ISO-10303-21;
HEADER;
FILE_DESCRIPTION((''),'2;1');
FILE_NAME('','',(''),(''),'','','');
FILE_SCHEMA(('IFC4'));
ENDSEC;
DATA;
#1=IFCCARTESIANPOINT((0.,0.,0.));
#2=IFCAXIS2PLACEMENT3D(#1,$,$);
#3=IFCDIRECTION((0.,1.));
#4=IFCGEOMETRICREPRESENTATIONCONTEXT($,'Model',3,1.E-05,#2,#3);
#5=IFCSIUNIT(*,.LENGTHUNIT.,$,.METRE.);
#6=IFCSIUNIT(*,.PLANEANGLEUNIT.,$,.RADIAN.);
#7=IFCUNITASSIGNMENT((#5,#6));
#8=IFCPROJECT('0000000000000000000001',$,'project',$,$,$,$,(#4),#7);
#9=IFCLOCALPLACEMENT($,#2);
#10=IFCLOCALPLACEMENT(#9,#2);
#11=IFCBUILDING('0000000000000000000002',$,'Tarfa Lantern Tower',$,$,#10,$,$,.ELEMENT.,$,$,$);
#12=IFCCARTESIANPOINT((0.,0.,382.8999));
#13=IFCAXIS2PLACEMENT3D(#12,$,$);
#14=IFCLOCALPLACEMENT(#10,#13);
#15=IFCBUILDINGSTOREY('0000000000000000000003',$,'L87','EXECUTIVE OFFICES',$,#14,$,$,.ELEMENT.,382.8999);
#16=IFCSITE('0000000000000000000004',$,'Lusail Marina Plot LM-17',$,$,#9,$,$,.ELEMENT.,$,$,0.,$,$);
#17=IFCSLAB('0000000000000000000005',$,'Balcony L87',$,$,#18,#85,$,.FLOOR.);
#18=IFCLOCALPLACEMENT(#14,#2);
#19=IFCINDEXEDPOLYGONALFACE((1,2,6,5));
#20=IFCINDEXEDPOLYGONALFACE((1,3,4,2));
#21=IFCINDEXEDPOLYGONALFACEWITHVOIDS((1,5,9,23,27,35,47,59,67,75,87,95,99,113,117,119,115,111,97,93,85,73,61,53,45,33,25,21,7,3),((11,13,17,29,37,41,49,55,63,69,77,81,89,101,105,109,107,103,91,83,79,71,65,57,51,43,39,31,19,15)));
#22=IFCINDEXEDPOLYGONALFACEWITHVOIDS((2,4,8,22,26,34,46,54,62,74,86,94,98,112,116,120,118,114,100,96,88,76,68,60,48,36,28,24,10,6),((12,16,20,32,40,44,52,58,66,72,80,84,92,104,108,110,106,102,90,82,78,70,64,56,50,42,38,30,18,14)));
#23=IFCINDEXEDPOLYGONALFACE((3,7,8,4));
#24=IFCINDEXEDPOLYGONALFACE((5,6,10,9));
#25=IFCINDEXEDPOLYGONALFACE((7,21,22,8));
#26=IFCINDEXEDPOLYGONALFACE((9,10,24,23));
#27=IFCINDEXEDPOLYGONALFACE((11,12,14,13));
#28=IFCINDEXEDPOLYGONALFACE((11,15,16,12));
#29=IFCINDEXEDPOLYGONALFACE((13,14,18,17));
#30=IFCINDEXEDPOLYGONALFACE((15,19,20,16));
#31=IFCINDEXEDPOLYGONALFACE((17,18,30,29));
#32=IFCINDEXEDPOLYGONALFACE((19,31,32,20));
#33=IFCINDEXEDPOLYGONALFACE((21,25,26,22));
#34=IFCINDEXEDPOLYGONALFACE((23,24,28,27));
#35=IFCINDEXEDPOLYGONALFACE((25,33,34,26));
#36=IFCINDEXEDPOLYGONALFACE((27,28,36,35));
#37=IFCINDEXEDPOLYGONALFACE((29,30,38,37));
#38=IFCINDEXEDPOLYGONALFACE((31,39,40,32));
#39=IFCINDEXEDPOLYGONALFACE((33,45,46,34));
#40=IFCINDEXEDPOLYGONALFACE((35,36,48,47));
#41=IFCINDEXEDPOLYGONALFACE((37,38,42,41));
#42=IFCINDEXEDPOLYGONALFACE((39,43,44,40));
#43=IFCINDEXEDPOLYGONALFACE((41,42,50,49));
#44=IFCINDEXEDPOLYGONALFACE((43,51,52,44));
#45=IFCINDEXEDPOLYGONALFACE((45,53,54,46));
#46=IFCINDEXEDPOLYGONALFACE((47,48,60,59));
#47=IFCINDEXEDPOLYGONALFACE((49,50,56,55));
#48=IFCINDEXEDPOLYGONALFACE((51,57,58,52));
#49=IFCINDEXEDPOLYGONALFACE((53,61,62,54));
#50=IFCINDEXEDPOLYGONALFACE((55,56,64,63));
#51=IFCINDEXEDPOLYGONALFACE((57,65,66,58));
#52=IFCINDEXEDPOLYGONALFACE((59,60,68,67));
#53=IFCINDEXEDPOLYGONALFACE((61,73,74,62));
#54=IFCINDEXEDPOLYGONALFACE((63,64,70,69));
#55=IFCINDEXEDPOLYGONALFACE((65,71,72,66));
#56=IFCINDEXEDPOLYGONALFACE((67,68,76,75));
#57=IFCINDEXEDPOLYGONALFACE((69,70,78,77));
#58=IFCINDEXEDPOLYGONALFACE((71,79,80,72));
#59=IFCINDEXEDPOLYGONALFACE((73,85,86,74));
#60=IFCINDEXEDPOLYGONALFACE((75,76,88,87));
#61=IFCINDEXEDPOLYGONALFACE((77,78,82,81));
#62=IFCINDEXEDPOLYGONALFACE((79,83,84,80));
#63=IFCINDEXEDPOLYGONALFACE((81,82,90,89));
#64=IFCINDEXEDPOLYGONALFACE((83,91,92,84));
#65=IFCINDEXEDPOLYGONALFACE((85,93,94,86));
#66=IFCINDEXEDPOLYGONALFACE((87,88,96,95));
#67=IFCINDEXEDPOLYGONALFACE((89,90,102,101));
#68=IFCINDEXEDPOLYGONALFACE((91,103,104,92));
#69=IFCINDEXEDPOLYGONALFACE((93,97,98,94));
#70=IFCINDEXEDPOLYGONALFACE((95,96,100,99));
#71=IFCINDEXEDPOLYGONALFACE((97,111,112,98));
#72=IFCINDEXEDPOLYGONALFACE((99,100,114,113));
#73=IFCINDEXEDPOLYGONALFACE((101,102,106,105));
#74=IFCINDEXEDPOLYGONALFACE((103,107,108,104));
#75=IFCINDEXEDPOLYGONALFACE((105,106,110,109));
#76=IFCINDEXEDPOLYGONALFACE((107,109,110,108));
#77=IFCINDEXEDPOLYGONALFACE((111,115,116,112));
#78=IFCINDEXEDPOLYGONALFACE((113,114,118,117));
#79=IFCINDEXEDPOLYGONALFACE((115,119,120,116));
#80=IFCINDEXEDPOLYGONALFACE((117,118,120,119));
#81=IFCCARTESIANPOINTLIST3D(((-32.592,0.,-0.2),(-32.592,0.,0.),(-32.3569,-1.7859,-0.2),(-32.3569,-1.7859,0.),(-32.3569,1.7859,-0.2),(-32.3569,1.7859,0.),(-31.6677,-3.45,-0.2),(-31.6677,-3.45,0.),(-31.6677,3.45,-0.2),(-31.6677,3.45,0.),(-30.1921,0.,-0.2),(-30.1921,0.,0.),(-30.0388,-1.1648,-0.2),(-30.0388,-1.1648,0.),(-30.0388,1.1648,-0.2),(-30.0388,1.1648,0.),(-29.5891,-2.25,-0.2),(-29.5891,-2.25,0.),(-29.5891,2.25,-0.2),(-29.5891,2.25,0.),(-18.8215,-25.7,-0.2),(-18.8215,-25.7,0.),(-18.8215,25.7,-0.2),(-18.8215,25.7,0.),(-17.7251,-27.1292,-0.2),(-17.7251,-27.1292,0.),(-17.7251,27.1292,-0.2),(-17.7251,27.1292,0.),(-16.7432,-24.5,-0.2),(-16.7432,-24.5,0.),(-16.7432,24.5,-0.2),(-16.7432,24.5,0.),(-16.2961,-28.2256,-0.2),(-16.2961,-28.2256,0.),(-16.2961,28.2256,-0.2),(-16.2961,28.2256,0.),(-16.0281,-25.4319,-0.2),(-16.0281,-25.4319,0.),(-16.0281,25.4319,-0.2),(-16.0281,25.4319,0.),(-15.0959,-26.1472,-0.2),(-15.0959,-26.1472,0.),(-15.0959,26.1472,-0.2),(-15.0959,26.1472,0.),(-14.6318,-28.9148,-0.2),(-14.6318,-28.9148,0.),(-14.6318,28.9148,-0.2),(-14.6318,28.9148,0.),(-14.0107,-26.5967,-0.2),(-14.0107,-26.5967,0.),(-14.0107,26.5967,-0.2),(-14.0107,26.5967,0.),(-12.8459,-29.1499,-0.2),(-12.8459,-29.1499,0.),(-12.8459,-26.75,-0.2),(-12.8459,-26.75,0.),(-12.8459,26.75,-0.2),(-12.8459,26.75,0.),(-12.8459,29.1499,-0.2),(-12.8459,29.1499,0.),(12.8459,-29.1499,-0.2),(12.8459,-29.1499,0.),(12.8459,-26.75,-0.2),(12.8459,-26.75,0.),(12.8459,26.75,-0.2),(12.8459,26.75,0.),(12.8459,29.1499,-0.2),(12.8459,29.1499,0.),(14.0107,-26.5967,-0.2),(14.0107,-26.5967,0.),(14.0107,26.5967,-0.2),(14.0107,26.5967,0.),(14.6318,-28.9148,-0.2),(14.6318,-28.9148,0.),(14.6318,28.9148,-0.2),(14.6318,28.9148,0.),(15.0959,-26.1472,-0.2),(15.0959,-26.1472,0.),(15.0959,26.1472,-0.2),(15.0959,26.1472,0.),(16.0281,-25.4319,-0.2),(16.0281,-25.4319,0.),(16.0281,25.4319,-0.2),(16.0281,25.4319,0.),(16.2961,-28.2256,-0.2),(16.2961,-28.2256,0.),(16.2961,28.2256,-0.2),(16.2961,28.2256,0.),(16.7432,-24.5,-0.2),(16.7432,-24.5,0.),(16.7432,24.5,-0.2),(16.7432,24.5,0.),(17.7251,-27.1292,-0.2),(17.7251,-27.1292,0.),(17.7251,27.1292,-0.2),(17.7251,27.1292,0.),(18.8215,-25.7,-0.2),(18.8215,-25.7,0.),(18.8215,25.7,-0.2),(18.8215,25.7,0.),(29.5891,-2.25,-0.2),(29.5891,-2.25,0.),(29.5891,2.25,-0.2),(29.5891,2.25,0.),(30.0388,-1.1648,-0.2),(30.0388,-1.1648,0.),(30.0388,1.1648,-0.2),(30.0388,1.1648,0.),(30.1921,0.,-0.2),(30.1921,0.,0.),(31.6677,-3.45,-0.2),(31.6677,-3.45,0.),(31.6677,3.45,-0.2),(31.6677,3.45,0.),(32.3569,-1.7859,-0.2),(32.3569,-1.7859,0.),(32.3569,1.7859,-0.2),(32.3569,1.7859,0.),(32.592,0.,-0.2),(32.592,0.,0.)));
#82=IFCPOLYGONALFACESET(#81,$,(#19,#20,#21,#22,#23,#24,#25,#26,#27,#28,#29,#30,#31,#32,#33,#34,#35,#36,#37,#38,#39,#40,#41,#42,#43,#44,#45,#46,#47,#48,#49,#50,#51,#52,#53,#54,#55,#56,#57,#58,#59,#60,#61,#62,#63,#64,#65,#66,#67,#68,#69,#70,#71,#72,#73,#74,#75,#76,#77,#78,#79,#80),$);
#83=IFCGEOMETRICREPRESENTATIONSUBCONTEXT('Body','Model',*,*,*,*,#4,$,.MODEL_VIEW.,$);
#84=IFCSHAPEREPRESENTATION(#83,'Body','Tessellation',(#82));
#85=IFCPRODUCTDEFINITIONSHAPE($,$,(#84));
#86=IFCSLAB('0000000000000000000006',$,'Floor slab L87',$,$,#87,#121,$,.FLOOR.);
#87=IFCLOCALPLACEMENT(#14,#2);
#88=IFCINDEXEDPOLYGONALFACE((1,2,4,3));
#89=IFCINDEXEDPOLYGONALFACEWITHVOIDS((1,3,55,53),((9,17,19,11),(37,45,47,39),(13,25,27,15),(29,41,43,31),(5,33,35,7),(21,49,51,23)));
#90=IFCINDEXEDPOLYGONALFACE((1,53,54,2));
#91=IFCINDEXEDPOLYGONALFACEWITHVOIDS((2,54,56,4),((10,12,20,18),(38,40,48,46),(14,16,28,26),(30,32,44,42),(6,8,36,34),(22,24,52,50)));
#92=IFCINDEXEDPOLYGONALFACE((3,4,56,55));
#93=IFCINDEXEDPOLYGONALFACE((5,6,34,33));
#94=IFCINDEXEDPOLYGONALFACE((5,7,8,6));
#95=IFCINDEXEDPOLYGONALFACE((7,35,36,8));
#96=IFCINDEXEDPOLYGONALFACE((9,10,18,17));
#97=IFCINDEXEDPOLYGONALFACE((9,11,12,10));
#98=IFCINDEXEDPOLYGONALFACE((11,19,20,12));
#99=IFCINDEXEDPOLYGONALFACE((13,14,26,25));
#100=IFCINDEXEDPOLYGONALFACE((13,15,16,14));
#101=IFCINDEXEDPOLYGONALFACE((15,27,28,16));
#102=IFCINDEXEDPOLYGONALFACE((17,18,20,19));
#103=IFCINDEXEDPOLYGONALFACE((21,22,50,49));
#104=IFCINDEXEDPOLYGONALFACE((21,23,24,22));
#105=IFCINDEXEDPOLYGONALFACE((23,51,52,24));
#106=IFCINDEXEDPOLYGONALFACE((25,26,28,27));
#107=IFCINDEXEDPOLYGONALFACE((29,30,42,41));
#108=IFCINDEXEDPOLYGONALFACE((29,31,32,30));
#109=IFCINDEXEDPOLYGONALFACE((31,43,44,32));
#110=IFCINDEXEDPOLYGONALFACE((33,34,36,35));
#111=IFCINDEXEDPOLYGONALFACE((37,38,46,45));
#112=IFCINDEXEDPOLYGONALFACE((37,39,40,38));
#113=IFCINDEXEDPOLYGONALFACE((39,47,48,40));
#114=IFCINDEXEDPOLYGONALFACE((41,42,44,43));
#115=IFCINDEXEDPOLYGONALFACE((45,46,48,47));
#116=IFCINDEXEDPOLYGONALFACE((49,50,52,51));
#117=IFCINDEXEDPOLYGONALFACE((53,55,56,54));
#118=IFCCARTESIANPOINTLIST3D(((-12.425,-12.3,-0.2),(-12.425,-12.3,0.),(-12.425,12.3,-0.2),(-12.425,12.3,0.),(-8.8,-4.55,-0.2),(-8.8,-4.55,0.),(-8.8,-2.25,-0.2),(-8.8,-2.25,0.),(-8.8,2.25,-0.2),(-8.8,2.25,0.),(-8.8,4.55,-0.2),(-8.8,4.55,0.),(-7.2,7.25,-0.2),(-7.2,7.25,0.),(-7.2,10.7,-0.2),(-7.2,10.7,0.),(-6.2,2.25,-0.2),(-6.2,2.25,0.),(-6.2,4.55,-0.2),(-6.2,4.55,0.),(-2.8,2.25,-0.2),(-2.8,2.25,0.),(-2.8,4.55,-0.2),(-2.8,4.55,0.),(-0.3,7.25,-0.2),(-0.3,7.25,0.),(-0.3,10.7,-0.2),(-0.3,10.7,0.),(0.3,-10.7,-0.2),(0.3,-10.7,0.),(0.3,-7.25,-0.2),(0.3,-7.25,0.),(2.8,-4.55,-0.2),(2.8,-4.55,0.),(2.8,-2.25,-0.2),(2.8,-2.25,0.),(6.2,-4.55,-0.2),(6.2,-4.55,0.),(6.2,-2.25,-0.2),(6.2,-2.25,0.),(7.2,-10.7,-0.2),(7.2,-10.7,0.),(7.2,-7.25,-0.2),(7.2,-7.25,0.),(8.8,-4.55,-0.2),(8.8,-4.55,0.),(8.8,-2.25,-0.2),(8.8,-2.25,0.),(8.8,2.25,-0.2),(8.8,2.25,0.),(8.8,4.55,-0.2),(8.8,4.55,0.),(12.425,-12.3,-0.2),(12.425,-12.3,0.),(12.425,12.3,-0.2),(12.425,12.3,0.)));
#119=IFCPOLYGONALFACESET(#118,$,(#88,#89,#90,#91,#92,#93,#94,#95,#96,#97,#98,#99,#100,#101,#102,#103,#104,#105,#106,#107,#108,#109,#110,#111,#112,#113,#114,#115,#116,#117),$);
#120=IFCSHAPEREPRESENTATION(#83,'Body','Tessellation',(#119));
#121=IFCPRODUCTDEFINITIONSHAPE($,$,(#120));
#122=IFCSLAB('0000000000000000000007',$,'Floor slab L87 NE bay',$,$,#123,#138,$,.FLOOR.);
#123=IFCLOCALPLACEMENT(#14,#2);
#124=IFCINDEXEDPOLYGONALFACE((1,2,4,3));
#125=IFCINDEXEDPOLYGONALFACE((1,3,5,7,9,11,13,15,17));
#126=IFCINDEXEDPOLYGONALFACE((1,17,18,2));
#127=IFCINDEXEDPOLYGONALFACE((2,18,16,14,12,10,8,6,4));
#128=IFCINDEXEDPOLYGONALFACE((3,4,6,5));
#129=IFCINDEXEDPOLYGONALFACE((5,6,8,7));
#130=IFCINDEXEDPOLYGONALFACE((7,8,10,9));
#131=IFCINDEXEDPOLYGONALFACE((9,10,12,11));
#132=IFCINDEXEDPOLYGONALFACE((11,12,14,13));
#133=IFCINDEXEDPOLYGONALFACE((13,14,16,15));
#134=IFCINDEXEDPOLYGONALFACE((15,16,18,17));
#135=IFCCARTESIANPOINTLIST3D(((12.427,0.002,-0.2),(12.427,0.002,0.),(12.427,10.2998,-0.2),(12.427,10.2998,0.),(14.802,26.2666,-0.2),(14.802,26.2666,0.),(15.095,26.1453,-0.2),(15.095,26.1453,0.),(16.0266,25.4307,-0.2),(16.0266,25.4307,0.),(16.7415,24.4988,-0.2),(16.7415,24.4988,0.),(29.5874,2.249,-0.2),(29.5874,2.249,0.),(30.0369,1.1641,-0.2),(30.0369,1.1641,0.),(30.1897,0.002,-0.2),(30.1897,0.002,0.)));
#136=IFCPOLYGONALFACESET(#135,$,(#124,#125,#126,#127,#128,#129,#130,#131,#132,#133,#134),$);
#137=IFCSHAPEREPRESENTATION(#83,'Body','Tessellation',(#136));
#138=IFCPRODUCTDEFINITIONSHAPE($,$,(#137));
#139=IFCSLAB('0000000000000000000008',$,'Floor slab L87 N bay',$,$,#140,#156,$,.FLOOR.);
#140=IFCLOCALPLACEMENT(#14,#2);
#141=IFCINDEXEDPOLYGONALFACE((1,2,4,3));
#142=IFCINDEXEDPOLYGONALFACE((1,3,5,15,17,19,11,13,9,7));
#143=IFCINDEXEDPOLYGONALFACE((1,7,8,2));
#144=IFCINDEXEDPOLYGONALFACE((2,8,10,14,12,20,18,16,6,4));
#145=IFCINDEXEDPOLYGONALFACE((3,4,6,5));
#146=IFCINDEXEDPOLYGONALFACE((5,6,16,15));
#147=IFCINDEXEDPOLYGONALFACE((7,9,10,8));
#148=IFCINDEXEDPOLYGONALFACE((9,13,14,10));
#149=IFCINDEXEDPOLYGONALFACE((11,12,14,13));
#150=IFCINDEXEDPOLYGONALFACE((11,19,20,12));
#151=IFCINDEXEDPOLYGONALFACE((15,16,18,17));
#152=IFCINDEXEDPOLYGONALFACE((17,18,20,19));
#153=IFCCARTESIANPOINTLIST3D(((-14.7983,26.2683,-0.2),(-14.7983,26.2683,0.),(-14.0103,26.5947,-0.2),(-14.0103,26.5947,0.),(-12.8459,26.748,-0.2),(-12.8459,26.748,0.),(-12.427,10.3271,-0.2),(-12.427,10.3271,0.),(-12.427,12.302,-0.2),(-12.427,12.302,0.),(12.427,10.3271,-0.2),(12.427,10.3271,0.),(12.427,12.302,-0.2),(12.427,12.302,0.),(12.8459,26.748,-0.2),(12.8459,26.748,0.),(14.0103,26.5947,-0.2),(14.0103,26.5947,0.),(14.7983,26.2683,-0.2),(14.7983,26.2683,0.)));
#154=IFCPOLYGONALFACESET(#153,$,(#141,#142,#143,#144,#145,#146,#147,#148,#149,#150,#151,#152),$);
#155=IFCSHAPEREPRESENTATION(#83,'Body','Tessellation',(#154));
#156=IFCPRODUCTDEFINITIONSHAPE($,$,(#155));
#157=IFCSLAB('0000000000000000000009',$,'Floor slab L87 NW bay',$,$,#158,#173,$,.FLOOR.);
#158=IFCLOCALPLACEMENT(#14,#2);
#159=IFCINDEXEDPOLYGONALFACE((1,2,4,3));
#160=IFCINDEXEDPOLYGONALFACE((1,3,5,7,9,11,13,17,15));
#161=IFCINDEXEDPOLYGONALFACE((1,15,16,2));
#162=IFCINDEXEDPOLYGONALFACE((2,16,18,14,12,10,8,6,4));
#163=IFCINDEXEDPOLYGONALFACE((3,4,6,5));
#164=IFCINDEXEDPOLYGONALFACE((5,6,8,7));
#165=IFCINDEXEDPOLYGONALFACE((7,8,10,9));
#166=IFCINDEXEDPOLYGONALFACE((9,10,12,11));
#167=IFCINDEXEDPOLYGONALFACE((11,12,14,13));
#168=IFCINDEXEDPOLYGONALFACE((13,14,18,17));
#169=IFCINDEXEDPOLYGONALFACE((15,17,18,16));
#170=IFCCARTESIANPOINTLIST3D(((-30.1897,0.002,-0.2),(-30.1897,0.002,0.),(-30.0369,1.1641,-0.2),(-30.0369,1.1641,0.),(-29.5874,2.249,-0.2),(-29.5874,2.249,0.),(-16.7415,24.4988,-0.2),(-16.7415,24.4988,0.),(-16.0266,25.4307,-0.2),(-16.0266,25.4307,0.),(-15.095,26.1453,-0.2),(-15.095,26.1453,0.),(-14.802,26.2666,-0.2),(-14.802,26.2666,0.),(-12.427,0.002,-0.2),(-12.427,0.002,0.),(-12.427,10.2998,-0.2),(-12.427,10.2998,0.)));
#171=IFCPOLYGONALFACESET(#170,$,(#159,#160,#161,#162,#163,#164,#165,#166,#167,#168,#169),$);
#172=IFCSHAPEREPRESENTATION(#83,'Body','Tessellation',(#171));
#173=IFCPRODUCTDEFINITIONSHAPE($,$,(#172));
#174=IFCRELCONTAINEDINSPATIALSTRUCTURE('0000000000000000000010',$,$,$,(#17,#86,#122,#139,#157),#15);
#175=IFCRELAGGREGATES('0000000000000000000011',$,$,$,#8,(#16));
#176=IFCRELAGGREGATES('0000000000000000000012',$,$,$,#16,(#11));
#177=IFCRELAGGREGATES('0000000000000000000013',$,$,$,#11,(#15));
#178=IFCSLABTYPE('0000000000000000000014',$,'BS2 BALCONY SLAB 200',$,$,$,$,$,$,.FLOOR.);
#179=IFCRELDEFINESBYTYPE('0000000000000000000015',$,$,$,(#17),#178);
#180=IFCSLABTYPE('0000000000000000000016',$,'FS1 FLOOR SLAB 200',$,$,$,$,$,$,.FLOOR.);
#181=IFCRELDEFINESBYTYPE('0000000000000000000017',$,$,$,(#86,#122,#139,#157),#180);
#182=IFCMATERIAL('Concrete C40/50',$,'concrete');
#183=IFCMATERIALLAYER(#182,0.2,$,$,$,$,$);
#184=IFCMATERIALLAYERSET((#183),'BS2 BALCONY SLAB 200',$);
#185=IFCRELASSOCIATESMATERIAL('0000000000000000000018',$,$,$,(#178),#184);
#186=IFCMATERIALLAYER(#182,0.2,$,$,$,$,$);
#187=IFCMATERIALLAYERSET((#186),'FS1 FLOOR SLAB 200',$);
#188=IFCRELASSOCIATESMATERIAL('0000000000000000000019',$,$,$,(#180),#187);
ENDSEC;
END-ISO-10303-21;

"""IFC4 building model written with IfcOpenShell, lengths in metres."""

from ifc_helpers import new_model, si_unit, direction, frame, origin, place, context, subcontext, project, spatial, polyline, outline, extrude, material, layer, layer_set, type_object, element, save


model = new_model("IFC4")

# Units and contexts
model_context = context("Model", 3, precision=1e-05, world=origin(), true_north=direction((0.0, 1.0)))
body_context = subcontext(model_context, "Body", "Model", "MODEL_VIEW")
ifc_project = project(units=[si_unit("LENGTHUNIT", "METRE"), si_unit("PLANEANGLEUNIT", "RADIAN")], contexts=[model_context])

# Site, building, storey
site_placement = place(None, origin())
site = spatial("IfcSite", under=ifc_project, at=site_placement, Name="Lusail Marina Plot LM-17", CompositionType="ELEMENT", RefElevation=0.0)
building_placement = place(site_placement, origin())
building = spatial("IfcBuilding", under=site, at=building_placement, Name="Tarfa Lantern Tower", CompositionType="ELEMENT")
storey_placement = place(building_placement, frame((0.0, 0.0, 382.8999)))
storey = spatial("IfcBuildingStorey", under=building, at=storey_placement, Name="L87", Description="EXECUTIVE OFFICES", CompositionType="ELEMENT", Elevation=382.8999)

# Slabs
ifc_material_1 = material(Name="Concrete C40/50", Category="concrete")
ifc_layer_1 = layer(ifc_material_1, 0.2)
ifc_layer_set_1 = layer_set([ifc_layer_1], Name="BS2 BALCONY SLAB 200")
slab_type_1 = type_object("IfcSlabType", Name="BS2 BALCONY SLAB 200", PredefinedType="FLOOR", material=ifc_layer_set_1)
slab_1_placement = place(storey_placement, frame((0.0, 0.0, -0.2)))
element("IfcSlab", 1, at=slab_1_placement, inside=storey, type_object=slab_type_1, Name="Balcony L87", PredefinedType="FLOOR", context=body_context, shape_type="SweptSolid", body=[
    extrude(outline(polyline([(31.6677, 3.45), (18.8215, 25.7), (17.7251, 27.1292), (16.2961, 28.2256), (14.6318, 28.9148), (12.8459, 29.1499), (-12.8459, 29.1499), (-14.6318, 28.9148), (-16.2961, 28.2256), (-17.7251, 27.1292), (-18.8215, 25.7), (-31.6677, 3.45), (-32.3569, 1.7859), (-32.592, 0.0), (-32.3569, -1.7859), (-31.6677, -3.45), (-18.8215, -25.7), (-17.7251, -27.1292), (-16.2961, -28.2256), (-14.6318, -28.9148), (-12.8459, -29.1499), (12.8459, -29.1499), (14.6318, -28.9148), (16.2961, -28.2256), (17.7251, -27.1292), (18.8215, -25.7), (31.6677, -3.45), (32.3569, -1.7859), (32.592, 0.0), (32.3569, 1.7859), (31.6677, 3.45)]), holes=[polyline([(29.5891, 2.25), (16.7432, 24.5), (16.0281, 25.4319), (15.0959, 26.1472), (14.0107, 26.5967), (12.8459, 26.75), (-12.8459, 26.75), (-14.0107, 26.5967), (-15.0959, 26.1472), (-16.0281, 25.4319), (-16.7432, 24.5), (-29.5891, 2.25), (-30.0388, 1.1648), (-30.1921, 0.0), (-30.0388, -1.1648), (-29.5891, -2.25), (-16.7432, -24.5), (-16.0281, -25.4319), (-15.0959, -26.1472), (-14.0107, -26.5967), (-12.8459, -26.75), (12.8459, -26.75), (14.0107, -26.5967), (15.0959, -26.1472), (16.0281, -25.4319), (16.7432, -24.5), (29.5891, -2.25), (30.0388, -1.1648), (30.1921, 0.0), (30.0388, 1.1648), (29.5891, 2.25)])]), origin(), (0.0, 0.0, 1.0), 0.2),
])
ifc_layer_2 = layer(ifc_material_1, 0.2)
ifc_layer_set_2 = layer_set([ifc_layer_2], Name="FS1 FLOOR SLAB 200")
slab_type_2 = type_object("IfcSlabType", Name="FS1 FLOOR SLAB 200", PredefinedType="FLOOR", material=ifc_layer_set_2)
slab_2_placement = place(storey_placement, frame((0.0, 0.0, -0.2)))
element("IfcSlab", 2, at=slab_2_placement, inside=storey, type_object=slab_type_2, Name="Floor slab L87", PredefinedType="FLOOR", context=body_context, shape_type="SweptSolid", body=[
    extrude(outline(polyline([(-12.425, -12.3), (12.425, -12.3), (12.425, 12.3), (-12.425, 12.3), (-12.425, -12.3)]), holes=[polyline([(-8.8, 2.25), (-6.2, 2.25), (-6.2, 4.55), (-8.8, 4.55), (-8.8, 2.25)]), polyline([(-2.8, 2.25), (8.8, 2.25), (8.8, 4.55), (-2.8, 4.55), (-2.8, 2.25)]), polyline([(8.8, -2.25), (6.2, -2.25), (6.2, -4.55), (8.8, -4.55), (8.8, -2.25)]), polyline([(2.8, -2.25), (-8.8, -2.25), (-8.8, -4.55), (2.8, -4.55), (2.8, -2.25)]), polyline([(-7.2, 7.25), (-0.3, 7.25), (-0.3, 10.7), (-7.2, 10.7), (-7.2, 7.25)]), polyline([(7.2, -7.25), (0.3, -7.25), (0.3, -10.7), (7.2, -10.7), (7.2, -7.25)])]), origin(), (0.0, 0.0, 1.0), 0.2),
])
slab_3_placement = place(storey_placement, frame((0.0, 0.0, -0.2)))
element("IfcSlab", 3, at=slab_3_placement, inside=storey, type_object=slab_type_2, Name="Floor slab L87 NE bay", PredefinedType="FLOOR", context=body_context, shape_type="SweptSolid", body=[
    extrude(outline(polyline([(29.5874, 2.249), (16.7415, 24.4988), (16.0266, 25.4307), (15.095, 26.1453), (14.802, 26.2666), (12.427, 10.2998), (12.427, 0.002), (30.1897, 0.002), (30.0369, 1.1641), (29.5874, 2.249)])), origin(), (0.0, 0.0, 1.0), 0.2),
])
slab_4_placement = place(storey_placement, frame((0.0, 0.0, -0.2)))
element("IfcSlab", 4, at=slab_4_placement, inside=storey, type_object=slab_type_2, Name="Floor slab L87 N bay", PredefinedType="FLOOR", context=body_context, shape_type="SweptSolid", body=[
    extrude(outline(polyline([(-12.427, 10.3271), (-12.427, 12.302), (12.427, 12.302), (12.427, 10.3271), (14.7983, 26.2683), (14.0103, 26.5947), (12.8459, 26.748), (-12.8459, 26.748), (-14.0103, 26.5947), (-14.7983, 26.2683), (-12.427, 10.3271)])), origin(), (0.0, 0.0, 1.0), 0.2),
])
slab_5_placement = place(storey_placement, frame((0.0, 0.0, -0.2)))
element("IfcSlab", 5, at=slab_5_placement, inside=storey, type_object=slab_type_2, Name="Floor slab L87 NW bay", PredefinedType="FLOOR", context=body_context, shape_type="SweptSolid", body=[
    extrude(outline(polyline([(-12.427, 0.002), (-12.427, 10.2998), (-14.802, 26.2666), (-15.095, 26.1453), (-16.0266, 25.4307), (-16.7415, 24.4988), (-29.5874, 2.249), (-30.0369, 1.1641), (-30.1897, 0.002), (-12.427, 0.002)])), origin(), (0.0, 0.0, 1.0), 0.2),
])

save(model, "model.ifc")
